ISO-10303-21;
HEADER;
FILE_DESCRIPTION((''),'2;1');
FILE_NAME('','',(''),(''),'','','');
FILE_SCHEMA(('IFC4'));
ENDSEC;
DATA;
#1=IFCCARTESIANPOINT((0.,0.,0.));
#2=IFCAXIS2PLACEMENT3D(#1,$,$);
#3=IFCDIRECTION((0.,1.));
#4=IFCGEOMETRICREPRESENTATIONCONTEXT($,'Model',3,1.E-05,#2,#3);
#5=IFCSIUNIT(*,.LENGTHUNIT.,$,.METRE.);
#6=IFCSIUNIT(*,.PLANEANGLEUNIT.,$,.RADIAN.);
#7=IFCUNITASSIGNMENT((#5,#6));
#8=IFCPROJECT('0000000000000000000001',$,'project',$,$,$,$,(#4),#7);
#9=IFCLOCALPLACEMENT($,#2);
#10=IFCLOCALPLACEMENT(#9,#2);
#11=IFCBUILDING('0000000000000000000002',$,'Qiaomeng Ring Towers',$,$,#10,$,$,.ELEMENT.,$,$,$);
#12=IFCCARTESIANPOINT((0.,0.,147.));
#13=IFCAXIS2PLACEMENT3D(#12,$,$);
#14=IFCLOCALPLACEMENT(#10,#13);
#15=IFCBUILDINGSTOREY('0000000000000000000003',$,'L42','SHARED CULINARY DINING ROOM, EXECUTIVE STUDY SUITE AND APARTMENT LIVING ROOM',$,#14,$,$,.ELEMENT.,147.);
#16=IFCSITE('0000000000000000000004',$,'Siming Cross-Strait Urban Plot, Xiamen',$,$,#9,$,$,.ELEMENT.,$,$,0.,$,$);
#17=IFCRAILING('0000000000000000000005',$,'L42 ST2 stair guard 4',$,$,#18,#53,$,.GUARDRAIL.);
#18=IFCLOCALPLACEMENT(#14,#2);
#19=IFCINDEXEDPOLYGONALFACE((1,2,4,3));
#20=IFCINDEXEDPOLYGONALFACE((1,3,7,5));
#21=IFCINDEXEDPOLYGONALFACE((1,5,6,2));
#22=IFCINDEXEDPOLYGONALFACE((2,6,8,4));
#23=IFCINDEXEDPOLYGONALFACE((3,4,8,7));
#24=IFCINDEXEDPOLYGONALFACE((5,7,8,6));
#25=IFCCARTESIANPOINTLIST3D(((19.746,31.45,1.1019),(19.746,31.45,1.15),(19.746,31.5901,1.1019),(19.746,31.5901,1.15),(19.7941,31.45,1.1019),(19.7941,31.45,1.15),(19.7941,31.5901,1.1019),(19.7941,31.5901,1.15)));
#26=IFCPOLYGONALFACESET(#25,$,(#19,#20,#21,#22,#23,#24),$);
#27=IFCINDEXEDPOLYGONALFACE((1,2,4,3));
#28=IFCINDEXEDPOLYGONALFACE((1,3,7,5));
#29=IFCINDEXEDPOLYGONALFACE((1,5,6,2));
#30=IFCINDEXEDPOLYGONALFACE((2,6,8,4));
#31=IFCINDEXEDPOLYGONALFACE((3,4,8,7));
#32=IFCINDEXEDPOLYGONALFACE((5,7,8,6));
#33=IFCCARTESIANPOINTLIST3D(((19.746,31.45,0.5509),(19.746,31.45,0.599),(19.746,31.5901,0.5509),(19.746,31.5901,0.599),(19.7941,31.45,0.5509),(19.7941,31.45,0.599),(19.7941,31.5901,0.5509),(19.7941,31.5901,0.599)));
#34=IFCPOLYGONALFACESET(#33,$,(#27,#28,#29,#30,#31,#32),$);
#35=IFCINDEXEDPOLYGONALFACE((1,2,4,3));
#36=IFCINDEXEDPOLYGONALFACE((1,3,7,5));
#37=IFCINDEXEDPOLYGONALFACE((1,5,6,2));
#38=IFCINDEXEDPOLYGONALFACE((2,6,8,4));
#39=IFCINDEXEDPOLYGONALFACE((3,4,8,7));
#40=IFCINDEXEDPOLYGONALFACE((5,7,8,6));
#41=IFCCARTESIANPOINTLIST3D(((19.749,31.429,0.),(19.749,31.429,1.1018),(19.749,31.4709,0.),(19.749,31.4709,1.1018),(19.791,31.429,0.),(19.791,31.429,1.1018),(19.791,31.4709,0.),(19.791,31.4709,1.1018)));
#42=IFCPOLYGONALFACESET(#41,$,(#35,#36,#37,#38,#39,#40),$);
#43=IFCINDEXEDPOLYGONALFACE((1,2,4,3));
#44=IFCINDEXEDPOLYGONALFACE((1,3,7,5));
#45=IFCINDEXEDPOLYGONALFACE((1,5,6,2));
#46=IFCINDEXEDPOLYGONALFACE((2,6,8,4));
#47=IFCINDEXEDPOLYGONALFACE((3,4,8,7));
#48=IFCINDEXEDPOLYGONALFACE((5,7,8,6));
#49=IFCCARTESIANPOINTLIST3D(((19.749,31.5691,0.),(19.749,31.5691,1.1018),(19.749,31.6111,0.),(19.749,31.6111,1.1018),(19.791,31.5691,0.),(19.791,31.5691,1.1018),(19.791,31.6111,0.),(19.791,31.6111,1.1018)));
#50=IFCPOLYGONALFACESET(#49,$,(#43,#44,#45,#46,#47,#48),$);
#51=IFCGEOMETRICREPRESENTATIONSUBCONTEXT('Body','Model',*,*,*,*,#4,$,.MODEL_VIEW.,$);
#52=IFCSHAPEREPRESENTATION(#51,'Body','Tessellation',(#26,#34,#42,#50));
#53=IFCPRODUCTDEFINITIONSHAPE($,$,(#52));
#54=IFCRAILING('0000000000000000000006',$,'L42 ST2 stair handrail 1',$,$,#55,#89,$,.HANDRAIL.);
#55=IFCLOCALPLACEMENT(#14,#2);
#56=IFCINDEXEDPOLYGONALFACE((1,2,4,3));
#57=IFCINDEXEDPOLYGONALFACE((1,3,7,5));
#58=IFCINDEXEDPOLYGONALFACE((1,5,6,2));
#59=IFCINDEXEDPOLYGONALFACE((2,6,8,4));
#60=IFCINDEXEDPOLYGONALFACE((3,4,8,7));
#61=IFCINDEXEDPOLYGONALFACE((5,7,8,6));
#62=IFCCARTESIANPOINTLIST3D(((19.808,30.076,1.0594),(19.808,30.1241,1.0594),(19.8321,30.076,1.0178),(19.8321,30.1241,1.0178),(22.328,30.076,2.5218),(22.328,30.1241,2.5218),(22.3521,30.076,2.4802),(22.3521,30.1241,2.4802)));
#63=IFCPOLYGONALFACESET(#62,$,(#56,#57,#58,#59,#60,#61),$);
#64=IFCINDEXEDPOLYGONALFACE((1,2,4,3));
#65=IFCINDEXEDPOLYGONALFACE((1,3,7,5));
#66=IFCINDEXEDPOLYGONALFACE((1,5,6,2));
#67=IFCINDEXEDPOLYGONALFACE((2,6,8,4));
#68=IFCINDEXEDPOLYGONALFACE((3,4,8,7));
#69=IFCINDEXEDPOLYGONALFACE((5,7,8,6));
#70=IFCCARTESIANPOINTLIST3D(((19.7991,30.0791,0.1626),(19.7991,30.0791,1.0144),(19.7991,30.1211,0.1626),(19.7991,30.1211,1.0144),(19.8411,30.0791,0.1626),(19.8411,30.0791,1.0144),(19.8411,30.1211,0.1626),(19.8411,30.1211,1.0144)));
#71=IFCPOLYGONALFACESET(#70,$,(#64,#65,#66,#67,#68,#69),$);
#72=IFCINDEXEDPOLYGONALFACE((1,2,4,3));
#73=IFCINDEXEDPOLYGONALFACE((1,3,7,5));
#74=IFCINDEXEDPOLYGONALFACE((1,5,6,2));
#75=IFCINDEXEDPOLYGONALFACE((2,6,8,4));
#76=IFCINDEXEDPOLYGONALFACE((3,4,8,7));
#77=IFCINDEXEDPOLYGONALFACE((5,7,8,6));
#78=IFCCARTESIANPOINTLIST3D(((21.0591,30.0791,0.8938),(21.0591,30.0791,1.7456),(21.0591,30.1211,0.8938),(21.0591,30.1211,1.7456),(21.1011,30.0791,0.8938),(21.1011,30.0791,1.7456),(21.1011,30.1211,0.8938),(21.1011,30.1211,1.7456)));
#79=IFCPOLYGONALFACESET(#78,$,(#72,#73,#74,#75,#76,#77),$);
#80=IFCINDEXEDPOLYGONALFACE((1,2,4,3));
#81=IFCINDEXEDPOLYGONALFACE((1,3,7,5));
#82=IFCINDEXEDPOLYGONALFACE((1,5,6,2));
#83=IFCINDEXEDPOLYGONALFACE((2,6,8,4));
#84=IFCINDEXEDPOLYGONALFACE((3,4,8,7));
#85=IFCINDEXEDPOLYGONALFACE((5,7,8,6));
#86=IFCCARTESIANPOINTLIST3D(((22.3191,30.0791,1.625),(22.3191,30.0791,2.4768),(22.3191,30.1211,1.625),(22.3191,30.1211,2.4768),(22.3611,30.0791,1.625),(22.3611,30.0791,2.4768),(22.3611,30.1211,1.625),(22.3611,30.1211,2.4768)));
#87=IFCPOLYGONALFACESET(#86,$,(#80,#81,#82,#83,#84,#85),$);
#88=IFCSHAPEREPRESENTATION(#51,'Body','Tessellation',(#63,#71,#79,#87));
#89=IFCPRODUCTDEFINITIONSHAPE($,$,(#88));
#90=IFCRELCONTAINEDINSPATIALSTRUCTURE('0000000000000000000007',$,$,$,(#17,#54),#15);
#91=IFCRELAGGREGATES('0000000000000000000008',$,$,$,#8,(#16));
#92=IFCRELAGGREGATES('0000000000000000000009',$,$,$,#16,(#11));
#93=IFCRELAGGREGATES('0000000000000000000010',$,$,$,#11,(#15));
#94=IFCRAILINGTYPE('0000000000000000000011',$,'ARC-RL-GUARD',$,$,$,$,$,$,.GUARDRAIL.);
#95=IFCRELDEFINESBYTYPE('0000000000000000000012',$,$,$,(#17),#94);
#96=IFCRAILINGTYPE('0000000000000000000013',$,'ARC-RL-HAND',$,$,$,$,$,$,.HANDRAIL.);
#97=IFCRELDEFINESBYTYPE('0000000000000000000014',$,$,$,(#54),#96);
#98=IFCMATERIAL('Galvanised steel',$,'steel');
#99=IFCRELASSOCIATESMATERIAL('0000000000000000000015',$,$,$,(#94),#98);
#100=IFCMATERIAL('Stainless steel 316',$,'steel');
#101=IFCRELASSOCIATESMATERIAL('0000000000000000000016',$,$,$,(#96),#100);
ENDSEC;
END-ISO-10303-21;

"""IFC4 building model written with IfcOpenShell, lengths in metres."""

from ifc_helpers import new_model, si_unit, direction, frame, origin, origin_2d, place, context, subcontext, project, spatial, rectangle, extrude, material, type_object, element, save


model = new_model("IFC4")

# Units and contexts
model_context = context("Model", 3, precision=1e-05, world=origin(), true_north=direction((0.0, 1.0)))
body_context = subcontext(model_context, "Body", "Model", "MODEL_VIEW")
ifc_project = project(units=[si_unit("LENGTHUNIT", "METRE"), si_unit("PLANEANGLEUNIT", "RADIAN")], contexts=[model_context])

# Site, building, storey
site_placement = place(None, origin())
site = spatial("IfcSite", under=ifc_project, at=site_placement, Name="Siming Cross-Strait Urban Plot, Xiamen", CompositionType="ELEMENT", RefElevation=0.0)
building_placement = place(site_placement, origin())
building = spatial("IfcBuilding", under=site, at=building_placement, Name="Qiaomeng Ring Towers", CompositionType="ELEMENT")
storey_placement = place(building_placement, frame((0.0, 0.0, 147.0)))
storey = spatial("IfcBuildingStorey", under=building, at=storey_placement, Name="L42", Description="SHARED CULINARY DINING ROOM, EXECUTIVE STUDY SUITE AND APARTMENT LIVING ROOM", CompositionType="ELEMENT", Elevation=147.0)

# Railings
ifc_material_1 = material(Name="Galvanised steel", Category="steel")
railing_type_1 = type_object("IfcRailingType", Name="ARC-RL-GUARD", PredefinedType="GUARDRAIL", material=ifc_material_1)
for number, where, name in (
    (1, (19.77, 31.45, 0.0), "L42 ST2 stair guard 4"),
):
    element("IfcRailing", number, at=place(storey_placement, frame(where)), inside=storey, type_object=railing_type_1, Name=name, PredefinedType="GUARDRAIL", context=body_context, shape_type="SweptSolid", body=[
        extrude(rectangle(XDim=0.0481, YDim=0.0481, at=origin_2d()), frame((0.0, 0.0, 1.126), z_axis=(0.0, 1.0, 0.0), x_axis=(-1.0, 0.0, 0.0)), (0.0, 0.0, 1.0), 0.1401),
        extrude(rectangle(XDim=0.0481, YDim=0.0481, at=origin_2d()), frame((0.0, 0.0, 0.575), z_axis=(0.0, 1.0, 0.0), x_axis=(-1.0, 0.0, 0.0)), (0.0, 0.0, 1.0), 0.1401),
        extrude(rectangle(XDim=0.042, YDim=0.042, at=origin_2d()), origin(), (0.0, 0.0, 1.0), 1.1018),
        extrude(rectangle(XDim=0.042, YDim=0.042, at=origin_2d()), frame((0.0, 0.1401, 0.0)), (0.0, 0.0, 1.0), 1.1018),
    ])
ifc_material_2 = material(Name="Stainless steel 316", Category="steel")
railing_type_2 = type_object("IfcRailingType", Name="ARC-RL-HAND", PredefinedType="HANDRAIL", material=ifc_material_2)
railing_1_placement = place(storey_placement, frame((19.8201, 30.1001, 0.1626)))
element("IfcRailing", 2, at=railing_1_placement, inside=storey, type_object=railing_type_2, Name="L42 ST2 stair handrail 1", PredefinedType="HANDRAIL", context=body_context, shape_type="SweptSolid", body=[
    extrude(rectangle(XDim=0.0481, YDim=0.0481, at=origin_2d()), frame((0.0, 0.0, 0.876), z_axis=(0.864913, 0.0, 0.501921), x_axis=(0.0, 1.0, 0.0)), (0.0, 0.0, 1.0), 2.9136),
    extrude(rectangle(XDim=0.042, YDim=0.042, at=origin_2d()), origin(), (0.0, 0.0, 1.0), 0.8518),
    extrude(rectangle(XDim=0.042, YDim=0.042, at=origin_2d()), frame((1.26, 0.0, 0.7312)), (0.0, 0.0, 1.0), 0.8518),
    extrude(rectangle(XDim=0.042, YDim=0.042, at=origin_2d()), frame((2.52, 0.0, 1.4624)), (0.0, 0.0, 1.0), 0.8518),
])

save(model, "model.ifc")
